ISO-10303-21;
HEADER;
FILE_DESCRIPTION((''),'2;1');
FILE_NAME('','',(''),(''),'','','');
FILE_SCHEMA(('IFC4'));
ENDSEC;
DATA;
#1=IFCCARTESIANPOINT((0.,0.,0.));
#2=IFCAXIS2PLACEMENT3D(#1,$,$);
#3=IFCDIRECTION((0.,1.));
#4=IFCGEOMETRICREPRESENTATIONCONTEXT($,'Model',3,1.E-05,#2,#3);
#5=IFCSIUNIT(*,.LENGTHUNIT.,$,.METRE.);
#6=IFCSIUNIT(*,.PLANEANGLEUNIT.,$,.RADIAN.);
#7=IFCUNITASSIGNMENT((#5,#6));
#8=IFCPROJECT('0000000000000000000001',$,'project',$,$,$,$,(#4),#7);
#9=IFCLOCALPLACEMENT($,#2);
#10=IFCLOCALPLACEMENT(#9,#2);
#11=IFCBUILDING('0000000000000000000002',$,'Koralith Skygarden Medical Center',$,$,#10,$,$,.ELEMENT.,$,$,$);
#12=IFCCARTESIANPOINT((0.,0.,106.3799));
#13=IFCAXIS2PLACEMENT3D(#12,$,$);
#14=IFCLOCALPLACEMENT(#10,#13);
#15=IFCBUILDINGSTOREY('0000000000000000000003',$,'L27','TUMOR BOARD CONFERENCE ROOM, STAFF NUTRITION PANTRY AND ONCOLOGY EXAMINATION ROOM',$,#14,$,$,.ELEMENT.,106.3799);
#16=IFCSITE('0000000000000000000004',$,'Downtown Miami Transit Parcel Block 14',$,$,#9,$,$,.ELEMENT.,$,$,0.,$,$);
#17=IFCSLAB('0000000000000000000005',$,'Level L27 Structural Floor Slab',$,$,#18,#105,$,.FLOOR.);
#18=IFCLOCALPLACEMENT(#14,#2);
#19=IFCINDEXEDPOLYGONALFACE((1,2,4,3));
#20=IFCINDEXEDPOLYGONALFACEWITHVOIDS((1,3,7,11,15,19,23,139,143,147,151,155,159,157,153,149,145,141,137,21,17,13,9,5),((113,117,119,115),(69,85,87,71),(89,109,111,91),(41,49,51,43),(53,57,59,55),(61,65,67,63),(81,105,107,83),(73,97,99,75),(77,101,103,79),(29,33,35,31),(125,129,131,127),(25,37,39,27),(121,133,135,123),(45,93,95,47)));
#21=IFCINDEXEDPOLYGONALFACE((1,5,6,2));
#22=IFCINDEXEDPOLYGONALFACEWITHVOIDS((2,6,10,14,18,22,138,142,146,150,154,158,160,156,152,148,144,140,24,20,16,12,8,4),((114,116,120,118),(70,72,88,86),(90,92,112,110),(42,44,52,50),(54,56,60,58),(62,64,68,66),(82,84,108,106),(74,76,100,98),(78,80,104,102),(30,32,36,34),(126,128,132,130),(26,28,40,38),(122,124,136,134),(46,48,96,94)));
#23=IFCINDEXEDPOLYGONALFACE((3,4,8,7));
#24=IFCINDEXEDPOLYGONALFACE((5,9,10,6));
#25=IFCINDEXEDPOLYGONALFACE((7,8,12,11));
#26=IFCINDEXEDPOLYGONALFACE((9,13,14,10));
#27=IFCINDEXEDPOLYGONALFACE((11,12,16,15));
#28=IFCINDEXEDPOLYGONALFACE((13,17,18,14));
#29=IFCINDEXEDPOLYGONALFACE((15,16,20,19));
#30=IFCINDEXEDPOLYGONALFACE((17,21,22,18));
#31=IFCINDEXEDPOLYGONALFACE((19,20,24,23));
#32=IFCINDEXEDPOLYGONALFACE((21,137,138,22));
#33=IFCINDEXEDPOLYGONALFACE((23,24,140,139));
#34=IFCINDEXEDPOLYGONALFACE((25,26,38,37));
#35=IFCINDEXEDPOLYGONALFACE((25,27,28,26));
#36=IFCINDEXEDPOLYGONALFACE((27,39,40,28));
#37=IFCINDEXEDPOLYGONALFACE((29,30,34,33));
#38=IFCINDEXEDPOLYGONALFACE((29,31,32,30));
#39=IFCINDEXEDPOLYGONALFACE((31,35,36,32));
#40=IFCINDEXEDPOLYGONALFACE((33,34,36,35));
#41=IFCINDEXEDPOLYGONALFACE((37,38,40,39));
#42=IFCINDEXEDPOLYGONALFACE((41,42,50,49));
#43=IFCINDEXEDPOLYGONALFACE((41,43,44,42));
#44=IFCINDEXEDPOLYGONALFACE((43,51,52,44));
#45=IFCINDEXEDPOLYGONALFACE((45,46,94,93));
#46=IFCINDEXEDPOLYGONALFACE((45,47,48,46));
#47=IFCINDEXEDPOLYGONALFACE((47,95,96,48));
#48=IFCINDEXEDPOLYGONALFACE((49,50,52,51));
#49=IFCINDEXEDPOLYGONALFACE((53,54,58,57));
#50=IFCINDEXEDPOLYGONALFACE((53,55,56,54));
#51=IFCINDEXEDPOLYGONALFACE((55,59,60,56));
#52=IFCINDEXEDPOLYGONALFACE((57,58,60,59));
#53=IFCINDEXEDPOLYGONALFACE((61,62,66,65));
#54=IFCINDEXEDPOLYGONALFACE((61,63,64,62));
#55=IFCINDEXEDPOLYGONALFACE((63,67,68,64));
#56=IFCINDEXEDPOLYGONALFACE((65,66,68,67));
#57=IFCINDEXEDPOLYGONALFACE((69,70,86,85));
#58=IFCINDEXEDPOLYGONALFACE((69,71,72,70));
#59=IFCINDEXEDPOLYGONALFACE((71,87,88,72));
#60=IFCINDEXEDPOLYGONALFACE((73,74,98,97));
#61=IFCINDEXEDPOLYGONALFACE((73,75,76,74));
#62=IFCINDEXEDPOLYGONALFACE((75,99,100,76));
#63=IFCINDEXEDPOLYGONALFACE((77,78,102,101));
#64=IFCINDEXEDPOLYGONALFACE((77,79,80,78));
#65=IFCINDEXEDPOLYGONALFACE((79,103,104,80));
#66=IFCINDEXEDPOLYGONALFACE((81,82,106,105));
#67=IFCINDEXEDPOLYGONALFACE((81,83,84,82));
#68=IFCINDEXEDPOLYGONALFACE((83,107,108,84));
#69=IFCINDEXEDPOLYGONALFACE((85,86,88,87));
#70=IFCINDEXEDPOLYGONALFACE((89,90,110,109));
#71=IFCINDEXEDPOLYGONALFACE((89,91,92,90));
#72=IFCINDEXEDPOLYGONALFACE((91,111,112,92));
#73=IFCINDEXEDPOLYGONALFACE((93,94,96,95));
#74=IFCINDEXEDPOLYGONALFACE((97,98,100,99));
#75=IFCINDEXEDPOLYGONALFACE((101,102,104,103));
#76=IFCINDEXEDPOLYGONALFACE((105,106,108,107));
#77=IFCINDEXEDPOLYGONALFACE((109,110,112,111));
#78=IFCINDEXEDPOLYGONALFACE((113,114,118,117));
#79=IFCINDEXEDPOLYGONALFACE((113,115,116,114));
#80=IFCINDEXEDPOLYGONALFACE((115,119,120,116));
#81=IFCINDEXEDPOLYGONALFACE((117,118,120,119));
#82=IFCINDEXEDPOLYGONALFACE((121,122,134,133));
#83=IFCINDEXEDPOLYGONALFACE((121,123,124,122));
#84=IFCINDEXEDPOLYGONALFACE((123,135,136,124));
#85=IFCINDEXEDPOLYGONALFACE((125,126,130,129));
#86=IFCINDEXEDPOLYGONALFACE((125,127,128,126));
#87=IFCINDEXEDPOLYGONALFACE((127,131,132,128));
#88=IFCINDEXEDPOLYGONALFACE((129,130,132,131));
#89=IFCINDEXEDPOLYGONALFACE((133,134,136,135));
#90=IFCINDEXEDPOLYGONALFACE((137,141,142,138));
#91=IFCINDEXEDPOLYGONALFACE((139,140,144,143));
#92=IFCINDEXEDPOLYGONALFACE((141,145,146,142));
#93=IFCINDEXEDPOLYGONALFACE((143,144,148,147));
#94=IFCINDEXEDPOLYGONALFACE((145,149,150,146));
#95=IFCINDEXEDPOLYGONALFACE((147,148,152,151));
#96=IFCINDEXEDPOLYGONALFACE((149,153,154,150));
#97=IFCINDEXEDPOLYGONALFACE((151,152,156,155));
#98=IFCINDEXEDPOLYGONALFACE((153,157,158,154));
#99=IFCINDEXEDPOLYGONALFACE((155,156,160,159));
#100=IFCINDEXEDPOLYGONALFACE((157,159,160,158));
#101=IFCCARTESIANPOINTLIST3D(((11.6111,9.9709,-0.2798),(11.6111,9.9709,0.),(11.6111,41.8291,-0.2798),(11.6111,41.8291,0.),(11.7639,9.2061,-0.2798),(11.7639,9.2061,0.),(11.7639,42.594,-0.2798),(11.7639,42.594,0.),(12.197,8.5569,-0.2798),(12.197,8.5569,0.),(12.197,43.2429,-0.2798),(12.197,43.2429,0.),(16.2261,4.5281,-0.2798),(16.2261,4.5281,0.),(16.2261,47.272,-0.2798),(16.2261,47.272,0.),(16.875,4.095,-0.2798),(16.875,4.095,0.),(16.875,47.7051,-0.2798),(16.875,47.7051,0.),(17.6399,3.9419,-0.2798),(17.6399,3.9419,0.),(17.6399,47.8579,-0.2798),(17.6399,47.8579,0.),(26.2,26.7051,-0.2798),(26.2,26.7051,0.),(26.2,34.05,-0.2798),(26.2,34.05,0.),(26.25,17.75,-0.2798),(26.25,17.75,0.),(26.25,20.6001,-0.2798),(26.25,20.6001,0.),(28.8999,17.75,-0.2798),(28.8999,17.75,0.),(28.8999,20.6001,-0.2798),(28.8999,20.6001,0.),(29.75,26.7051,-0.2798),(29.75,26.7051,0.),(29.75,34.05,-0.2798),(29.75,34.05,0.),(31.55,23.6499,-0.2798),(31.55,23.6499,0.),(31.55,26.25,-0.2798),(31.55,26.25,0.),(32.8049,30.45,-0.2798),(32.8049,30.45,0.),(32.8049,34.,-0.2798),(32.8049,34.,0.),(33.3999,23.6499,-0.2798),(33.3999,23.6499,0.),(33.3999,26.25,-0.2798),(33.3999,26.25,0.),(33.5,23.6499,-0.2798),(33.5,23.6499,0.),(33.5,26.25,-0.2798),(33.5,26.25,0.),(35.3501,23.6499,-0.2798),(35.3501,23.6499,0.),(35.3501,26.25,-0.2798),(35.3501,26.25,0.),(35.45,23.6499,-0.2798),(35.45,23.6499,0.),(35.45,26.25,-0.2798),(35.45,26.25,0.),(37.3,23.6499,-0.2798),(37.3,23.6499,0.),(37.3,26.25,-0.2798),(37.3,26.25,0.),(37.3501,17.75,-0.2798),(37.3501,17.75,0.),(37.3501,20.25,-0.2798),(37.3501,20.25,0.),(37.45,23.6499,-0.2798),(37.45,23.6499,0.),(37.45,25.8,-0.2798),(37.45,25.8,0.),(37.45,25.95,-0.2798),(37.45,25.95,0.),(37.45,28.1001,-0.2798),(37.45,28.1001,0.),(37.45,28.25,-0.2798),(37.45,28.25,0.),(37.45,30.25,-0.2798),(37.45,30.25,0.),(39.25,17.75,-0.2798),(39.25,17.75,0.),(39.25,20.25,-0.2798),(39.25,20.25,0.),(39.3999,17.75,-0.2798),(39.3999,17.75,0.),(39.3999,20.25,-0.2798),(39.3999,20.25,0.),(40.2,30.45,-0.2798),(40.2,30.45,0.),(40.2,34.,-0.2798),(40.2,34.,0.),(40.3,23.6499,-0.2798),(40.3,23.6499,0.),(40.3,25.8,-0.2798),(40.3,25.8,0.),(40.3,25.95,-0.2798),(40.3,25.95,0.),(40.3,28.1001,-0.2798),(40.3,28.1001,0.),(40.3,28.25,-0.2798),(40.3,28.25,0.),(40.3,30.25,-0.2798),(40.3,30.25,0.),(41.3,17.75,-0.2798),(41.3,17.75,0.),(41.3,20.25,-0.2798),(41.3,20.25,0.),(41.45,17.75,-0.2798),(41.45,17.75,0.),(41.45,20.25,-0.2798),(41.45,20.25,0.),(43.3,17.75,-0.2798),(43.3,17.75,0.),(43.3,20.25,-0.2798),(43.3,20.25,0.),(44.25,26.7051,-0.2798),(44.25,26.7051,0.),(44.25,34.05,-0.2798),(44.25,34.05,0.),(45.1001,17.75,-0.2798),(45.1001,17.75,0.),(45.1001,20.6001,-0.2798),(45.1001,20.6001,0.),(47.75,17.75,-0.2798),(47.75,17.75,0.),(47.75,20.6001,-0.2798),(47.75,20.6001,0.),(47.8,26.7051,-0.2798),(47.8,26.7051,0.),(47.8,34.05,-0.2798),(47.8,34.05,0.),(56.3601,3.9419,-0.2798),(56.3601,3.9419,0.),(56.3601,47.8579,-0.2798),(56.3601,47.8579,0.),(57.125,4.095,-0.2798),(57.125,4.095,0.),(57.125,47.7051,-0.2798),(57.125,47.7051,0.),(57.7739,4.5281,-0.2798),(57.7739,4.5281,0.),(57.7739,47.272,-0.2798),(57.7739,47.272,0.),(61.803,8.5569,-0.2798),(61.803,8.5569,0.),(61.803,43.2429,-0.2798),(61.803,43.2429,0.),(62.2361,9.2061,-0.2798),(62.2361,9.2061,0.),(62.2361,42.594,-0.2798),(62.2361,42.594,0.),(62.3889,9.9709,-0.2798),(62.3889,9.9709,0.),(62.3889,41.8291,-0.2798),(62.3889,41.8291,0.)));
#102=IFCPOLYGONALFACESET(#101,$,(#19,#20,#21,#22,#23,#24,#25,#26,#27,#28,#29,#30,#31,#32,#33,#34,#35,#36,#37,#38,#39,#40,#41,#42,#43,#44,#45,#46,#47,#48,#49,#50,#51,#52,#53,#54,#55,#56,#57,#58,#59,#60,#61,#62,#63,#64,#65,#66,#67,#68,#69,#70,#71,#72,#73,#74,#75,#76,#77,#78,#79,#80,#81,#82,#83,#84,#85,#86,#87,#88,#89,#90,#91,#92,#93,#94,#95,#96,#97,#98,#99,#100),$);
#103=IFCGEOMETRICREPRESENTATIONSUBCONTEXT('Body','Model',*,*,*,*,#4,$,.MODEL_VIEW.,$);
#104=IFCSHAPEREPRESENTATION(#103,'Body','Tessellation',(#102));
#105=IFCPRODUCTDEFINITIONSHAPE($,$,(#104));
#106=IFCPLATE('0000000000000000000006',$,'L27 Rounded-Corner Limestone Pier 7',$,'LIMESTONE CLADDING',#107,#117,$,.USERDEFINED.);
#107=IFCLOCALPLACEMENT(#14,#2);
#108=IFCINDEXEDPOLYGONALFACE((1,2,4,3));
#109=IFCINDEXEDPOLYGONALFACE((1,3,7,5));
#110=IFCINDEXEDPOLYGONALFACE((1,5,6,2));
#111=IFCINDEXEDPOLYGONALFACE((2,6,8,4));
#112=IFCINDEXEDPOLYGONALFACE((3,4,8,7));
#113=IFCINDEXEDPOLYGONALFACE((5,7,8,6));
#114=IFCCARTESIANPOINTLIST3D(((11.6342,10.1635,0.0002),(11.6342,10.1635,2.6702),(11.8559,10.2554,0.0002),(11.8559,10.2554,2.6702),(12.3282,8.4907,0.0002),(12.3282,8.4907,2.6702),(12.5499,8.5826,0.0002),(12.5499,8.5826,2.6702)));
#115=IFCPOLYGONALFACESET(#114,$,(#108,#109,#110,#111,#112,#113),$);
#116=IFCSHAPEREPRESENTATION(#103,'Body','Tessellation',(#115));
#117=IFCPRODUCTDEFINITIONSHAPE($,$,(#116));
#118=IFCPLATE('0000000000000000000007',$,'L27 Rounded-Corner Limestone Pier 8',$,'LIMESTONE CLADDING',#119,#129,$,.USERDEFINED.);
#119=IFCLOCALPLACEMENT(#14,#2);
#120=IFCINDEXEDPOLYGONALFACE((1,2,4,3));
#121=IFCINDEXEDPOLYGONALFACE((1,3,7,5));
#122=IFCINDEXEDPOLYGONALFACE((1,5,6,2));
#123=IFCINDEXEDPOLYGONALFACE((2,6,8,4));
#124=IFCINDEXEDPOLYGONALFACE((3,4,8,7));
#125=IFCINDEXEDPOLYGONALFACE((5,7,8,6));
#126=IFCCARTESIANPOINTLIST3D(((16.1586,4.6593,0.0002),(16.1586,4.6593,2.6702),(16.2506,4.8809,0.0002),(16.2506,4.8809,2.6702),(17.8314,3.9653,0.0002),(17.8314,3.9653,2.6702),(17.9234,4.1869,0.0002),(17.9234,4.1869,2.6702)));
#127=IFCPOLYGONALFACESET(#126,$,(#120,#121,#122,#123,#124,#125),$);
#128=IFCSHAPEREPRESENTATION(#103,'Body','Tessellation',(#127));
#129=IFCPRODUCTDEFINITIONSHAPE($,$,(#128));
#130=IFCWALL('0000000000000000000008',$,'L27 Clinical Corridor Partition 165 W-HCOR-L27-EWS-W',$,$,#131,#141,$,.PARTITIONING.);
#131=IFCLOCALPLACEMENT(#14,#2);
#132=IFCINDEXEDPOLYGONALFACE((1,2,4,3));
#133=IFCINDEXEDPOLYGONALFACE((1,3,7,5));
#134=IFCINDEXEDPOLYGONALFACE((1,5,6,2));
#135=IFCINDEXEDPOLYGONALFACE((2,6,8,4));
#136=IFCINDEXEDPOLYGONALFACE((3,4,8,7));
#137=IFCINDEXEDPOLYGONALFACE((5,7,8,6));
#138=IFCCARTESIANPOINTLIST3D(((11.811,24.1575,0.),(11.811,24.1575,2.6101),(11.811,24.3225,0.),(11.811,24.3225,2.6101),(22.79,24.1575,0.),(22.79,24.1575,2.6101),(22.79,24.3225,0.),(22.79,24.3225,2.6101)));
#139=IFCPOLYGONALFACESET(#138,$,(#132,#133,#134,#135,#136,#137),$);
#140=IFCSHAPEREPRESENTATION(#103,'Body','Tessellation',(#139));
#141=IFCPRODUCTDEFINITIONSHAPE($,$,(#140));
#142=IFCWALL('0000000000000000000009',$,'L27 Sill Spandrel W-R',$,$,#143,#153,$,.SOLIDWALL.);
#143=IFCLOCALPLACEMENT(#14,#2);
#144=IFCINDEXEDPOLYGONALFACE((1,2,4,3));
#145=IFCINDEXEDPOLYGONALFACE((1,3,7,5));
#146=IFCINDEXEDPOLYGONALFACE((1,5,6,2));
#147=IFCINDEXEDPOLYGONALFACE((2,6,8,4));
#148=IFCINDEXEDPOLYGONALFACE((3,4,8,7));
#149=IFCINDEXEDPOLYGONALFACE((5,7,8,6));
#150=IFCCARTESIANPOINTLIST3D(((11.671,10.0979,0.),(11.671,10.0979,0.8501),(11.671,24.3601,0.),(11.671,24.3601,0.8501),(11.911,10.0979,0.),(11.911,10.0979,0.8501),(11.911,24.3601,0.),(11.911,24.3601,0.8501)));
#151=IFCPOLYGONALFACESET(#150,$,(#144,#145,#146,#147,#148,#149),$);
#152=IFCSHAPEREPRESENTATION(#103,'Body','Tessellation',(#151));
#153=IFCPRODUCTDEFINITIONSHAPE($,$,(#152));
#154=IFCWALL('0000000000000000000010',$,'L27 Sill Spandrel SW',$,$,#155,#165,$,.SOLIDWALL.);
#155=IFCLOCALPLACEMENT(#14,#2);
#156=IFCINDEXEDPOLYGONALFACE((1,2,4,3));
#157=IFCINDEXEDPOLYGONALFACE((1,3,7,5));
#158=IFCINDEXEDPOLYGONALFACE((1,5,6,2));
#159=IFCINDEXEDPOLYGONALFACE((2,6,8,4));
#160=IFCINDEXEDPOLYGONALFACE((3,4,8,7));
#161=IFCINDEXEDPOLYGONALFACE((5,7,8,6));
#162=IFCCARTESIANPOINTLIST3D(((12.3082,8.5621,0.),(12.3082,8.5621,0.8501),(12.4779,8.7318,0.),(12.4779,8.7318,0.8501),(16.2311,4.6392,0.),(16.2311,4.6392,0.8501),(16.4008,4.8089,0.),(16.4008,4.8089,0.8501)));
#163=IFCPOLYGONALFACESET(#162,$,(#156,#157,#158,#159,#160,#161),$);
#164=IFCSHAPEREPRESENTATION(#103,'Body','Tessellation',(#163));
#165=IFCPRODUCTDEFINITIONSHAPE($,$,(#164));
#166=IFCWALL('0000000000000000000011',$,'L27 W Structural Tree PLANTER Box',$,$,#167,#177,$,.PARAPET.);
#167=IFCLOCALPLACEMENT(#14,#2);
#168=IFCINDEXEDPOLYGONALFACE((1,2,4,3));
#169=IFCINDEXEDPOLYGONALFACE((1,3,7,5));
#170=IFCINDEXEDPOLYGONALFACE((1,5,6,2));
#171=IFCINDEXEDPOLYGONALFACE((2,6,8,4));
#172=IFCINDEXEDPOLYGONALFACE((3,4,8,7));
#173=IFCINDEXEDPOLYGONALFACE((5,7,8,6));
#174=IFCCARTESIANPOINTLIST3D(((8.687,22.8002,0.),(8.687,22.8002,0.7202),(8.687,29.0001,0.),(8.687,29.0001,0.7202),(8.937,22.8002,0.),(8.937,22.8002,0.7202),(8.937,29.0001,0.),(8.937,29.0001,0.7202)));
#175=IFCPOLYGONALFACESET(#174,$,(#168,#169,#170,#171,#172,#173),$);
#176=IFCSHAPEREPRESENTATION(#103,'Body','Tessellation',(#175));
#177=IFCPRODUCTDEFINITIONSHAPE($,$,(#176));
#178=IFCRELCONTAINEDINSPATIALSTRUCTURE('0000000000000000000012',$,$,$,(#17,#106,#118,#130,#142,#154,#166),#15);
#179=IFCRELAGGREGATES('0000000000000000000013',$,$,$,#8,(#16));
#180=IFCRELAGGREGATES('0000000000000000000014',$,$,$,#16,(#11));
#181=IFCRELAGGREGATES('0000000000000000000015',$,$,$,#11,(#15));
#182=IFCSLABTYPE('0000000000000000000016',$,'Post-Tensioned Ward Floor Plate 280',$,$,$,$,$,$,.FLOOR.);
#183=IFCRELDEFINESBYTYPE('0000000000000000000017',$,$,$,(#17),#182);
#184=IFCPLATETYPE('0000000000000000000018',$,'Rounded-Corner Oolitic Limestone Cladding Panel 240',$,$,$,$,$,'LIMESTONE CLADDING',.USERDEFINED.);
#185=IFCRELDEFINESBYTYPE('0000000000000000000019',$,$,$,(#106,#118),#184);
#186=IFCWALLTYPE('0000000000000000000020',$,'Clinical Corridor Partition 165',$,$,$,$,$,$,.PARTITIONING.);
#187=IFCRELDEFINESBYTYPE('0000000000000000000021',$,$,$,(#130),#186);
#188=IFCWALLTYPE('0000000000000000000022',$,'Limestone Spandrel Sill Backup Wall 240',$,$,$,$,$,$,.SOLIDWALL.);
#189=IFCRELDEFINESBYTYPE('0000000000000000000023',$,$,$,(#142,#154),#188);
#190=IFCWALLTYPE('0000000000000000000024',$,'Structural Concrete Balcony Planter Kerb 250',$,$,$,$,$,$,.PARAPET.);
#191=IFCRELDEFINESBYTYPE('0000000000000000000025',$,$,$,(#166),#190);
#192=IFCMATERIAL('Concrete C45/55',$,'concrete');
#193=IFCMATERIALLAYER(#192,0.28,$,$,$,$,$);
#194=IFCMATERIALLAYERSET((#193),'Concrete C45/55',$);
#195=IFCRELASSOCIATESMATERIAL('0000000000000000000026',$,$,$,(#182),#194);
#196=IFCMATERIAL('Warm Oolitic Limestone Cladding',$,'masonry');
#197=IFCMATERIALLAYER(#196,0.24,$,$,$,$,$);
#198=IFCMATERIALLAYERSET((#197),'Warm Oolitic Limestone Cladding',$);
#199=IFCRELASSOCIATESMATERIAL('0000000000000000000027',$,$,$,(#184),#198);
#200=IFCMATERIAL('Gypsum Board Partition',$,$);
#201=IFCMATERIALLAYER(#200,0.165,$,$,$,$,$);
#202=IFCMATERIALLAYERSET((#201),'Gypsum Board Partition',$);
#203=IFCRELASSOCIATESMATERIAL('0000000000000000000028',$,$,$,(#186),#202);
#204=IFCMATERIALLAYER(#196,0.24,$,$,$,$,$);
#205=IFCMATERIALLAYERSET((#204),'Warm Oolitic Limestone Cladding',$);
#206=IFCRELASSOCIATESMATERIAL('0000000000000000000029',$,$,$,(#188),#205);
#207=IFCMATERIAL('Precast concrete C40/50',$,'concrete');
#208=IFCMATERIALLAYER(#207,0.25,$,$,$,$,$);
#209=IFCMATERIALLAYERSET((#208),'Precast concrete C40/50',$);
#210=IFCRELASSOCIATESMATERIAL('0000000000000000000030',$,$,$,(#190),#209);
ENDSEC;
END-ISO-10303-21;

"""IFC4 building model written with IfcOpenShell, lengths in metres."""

from ifc_helpers import new_model, si_unit, direction, frame, frame_2d, origin, origin_2d, place, context, subcontext, project, spatial, polyline, rectangle, outline, extrude, material, layer, layer_set, type_object, element, save


model = new_model("IFC4")

# Units and contexts
model_context = context("Model", 3, precision=1e-05, world=origin(), true_north=direction((0.0, 1.0)))
body_context = subcontext(model_context, "Body", "Model", "MODEL_VIEW")
ifc_project = project(units=[si_unit("LENGTHUNIT", "METRE"), si_unit("PLANEANGLEUNIT", "RADIAN")], contexts=[model_context])

# Site, building, storey
site_placement = place(None, origin())
site = spatial("IfcSite", under=ifc_project, at=site_placement, Name="Downtown Miami Transit Parcel Block 14", CompositionType="ELEMENT", RefElevation=0.0)
building_placement = place(site_placement, origin())
building = spatial("IfcBuilding", under=site, at=building_placement, Name="Koralith Skygarden Medical Center", CompositionType="ELEMENT")
storey_placement = place(building_placement, frame((0.0, 0.0, 106.3799)))
storey = spatial("IfcBuildingStorey", under=building, at=storey_placement, Name="L27", Description="TUMOR BOARD CONFERENCE ROOM, STAFF NUTRITION PANTRY AND ONCOLOGY EXAMINATION ROOM", CompositionType="ELEMENT", Elevation=106.3799)

# Shared definitions
ifc_material_1 = material(Name="Concrete C45/55", Category="concrete")

# Slab
ifc_layer_1 = layer(ifc_material_1, 0.28)
ifc_layer_set_1 = layer_set([ifc_layer_1], Name="Concrete C45/55")
slab_type_1 = type_object("IfcSlabType", Name="Post-Tensioned Ward Floor Plate 280", PredefinedType="FLOOR", material=ifc_layer_set_1)
slab_1_placement = place(storey_placement, frame((0.0, 0.0, -0.2798)))
element("IfcSlab", 1, at=slab_1_placement, inside=storey, type_object=slab_type_1, Name="Level L27 Structural Floor Slab", PredefinedType="FLOOR", context=body_context, shape_type="SweptSolid", body=[
    extrude(outline(polyline([(16.2261, 4.5281), (16.875, 4.095), (17.6399, 3.9419), (56.3601, 3.9419), (57.125, 4.095), (57.7739, 4.5281), (61.803, 8.5569), (62.2361, 9.2061), (62.3889, 9.9709), (62.3889, 41.8291), (62.2361, 42.594), (61.803, 43.2429), (57.7739, 47.272), (57.125, 47.7051), (56.3601, 47.8579), (17.6399, 47.8579), (16.875, 47.7051), (16.2261, 47.272), (12.197, 43.2429), (11.7639, 42.594), (11.6111, 41.8291), (11.6111, 9.9709), (11.7639, 9.2061), (12.197, 8.5569), (16.2261, 4.5281)]), holes=[polyline([(26.2, 26.7051), (29.75, 26.7051), (29.75, 34.05), (26.2, 34.05), (26.2, 26.7051)]), polyline([(44.25, 26.7051), (47.8, 26.7051), (47.8, 34.05), (44.25, 34.05), (44.25, 26.7051)]), polyline([(32.8049, 30.45), (40.2, 30.45), (40.2, 34.0), (32.8049, 34.0), (32.8049, 30.45)]), polyline([(26.25, 17.75), (28.8999, 17.75), (28.8999, 20.6001), (26.25, 20.6001), (26.25, 17.75)]), polyline([(45.1001, 17.75), (47.75, 17.75), (47.75, 20.6001), (45.1001, 20.6001), (45.1001, 17.75)]), polyline([(37.3501, 17.75), (39.25, 17.75), (39.25, 20.25), (37.3501, 20.25), (37.3501, 17.75)]), polyline([(39.3999, 17.75), (41.3, 17.75), (41.3, 20.25), (39.3999, 20.25), (39.3999, 17.75)]), polyline([(41.45, 17.75), (43.3, 17.75), (43.3, 20.25), (41.45, 20.25), (41.45, 17.75)]), polyline([(31.55, 23.6499), (33.3999, 23.6499), (33.3999, 26.25), (31.55, 26.25), (31.55, 23.6499)]), polyline([(33.5, 23.6499), (35.3501, 23.6499), (35.3501, 26.25), (33.5, 26.25), (33.5, 23.6499)]), polyline([(35.45, 23.6499), (37.3, 23.6499), (37.3, 26.25), (35.45, 26.25), (35.45, 23.6499)]), polyline([(37.45, 23.6499), (40.3, 23.6499), (40.3, 25.8), (37.45, 25.8), (37.45, 23.6499)]), polyline([(37.45, 25.95), (40.3, 25.95), (40.3, 28.1001), (37.45, 28.1001), (37.45, 25.95)]), polyline([(37.45, 28.25), (40.3, 28.25), (40.3, 30.25), (37.45, 30.25), (37.45, 28.25)])]), origin(), (0.0, 0.0, 1.0), 0.2798),
])

# Plates
ifc_material_2 = material(Name="Warm Oolitic Limestone Cladding", Category="masonry")
ifc_layer_2 = layer(ifc_material_2, 0.24)
ifc_layer_set_2 = layer_set([ifc_layer_2], Name="Warm Oolitic Limestone Cladding")
plate_type_1 = type_object("IfcPlateType", Name="Rounded-Corner Oolitic Limestone Cladding Panel 240", ElementType="LIMESTONE CLADDING", PredefinedType="USERDEFINED", material=ifc_layer_set_2)
for number, where, z_axis, x_axis, name in (
    (2, (12.092, 9.373, 0.0002), (0.0, 0.0, 1.0), (0.383214, -0.92366, 0.0), "L27 Rounded-Corner Limestone Pier 7"),
    (3, (17.041, 4.4231, 0.0002), (0.0, 0.0, 1.0), (0.92366, -0.383214, 0.0), "L27 Rounded-Corner Limestone Pier 8"),
):
    element("IfcPlate", number, at=place(storey_placement, frame(where, z_axis=z_axis, x_axis=x_axis)), inside=storey, type_object=plate_type_1, Name=name, ObjectType="LIMESTONE CLADDING", PredefinedType="USERDEFINED", context=body_context, shape_type="SweptSolid", body=[
        extrude(rectangle(XDim=1.811, YDim=0.24, at=origin_2d()), origin(), (0.0, 0.0, 1.0), 2.6699),
    ])

# Walls
ifc_material_3 = material(Name="Gypsum Board Partition")
ifc_layer_3 = layer(ifc_material_3, 0.165)
ifc_layer_set_3 = layer_set([ifc_layer_3], Name="Gypsum Board Partition")
wall_type_1 = type_object("IfcWallType", Name="Clinical Corridor Partition 165", PredefinedType="PARTITIONING", material=ifc_layer_set_3)
wall_1_placement = place(storey_placement, frame((11.811, 24.24, 0.0), z_axis=(0.0, 0.0, 1.0), x_axis=(1.0, 0.0, 0.0)))
element("IfcWall", 4, at=wall_1_placement, inside=storey, type_object=wall_type_1, Name="L27 Clinical Corridor Partition 165 W-HCOR-L27-EWS-W", PredefinedType="PARTITIONING", context=body_context, shape_type="SweptSolid", body=[
    extrude(rectangle(XDim=10.979, YDim=0.165, at=frame_2d((5.4895, 0.0))), origin(), (0.0, 0.0, 1.0), 2.6101),
])
ifc_layer_4 = layer(ifc_material_2, 0.24)
ifc_layer_set_4 = layer_set([ifc_layer_4], Name="Warm Oolitic Limestone Cladding")
wall_type_2 = type_object("IfcWallType", Name="Limestone Spandrel Sill Backup Wall 240", PredefinedType="SOLIDWALL", material=ifc_layer_set_4)
wall_2_placement = place(storey_placement, frame((11.791, 24.3601, 0.0), z_axis=(0.0, 0.0, 1.0), x_axis=(0.0, -1.0, 0.0)))
element("IfcWall", 5, at=wall_2_placement, inside=storey, type_object=wall_type_2, Name="L27 Sill Spandrel W-R", PredefinedType="SOLIDWALL", context=body_context, shape_type="SweptSolid", body=[
    extrude(rectangle(XDim=14.2622, YDim=0.24, at=frame_2d((7.1311, 0.0))), origin(), (0.0, 0.0, 1.0), 0.8501),
])
wall_3_placement = place(storey_placement, frame((12.3931, 8.647, 0.0), z_axis=(0.0, 0.0, 1.0), x_axis=(0.707107, -0.707107, 0.0)))
element("IfcWall", 6, at=wall_3_placement, inside=storey, type_object=wall_type_2, Name="L27 Sill Spandrel SW", PredefinedType="SOLIDWALL", context=body_context, shape_type="SweptSolid", body=[
    extrude(rectangle(XDim=5.5479, YDim=0.24, at=frame_2d((2.7739, 0.0))), origin(), (0.0, 0.0, 1.0), 0.8501),
])
ifc_material_4 = material(Name="Precast concrete C40/50", Category="concrete")
ifc_layer_5 = layer(ifc_material_4, 0.25)
ifc_layer_set_5 = layer_set([ifc_layer_5], Name="Precast concrete C40/50")
wall_type_3 = type_object("IfcWallType", Name="Structural Concrete Balcony Planter Kerb 250", PredefinedType="PARAPET", material=ifc_layer_set_5)
wall_4_placement = place(storey_placement, frame((8.812, 22.8, 0.0), z_axis=(0.0, 0.0, 1.0), x_axis=(0.0, 1.0, 0.0)))
element("IfcWall", 7, at=wall_4_placement, inside=storey, type_object=wall_type_3, Name="L27 W Structural Tree PLANTER Box", PredefinedType="PARAPET", context=body_context, shape_type="SweptSolid", body=[
    extrude(rectangle(XDim=6.2, YDim=0.25, at=frame_2d((3.1001, 0.0))), origin(), (0.0, 0.0, 1.0), 0.7202),
])

save(model, "model.ifc")
